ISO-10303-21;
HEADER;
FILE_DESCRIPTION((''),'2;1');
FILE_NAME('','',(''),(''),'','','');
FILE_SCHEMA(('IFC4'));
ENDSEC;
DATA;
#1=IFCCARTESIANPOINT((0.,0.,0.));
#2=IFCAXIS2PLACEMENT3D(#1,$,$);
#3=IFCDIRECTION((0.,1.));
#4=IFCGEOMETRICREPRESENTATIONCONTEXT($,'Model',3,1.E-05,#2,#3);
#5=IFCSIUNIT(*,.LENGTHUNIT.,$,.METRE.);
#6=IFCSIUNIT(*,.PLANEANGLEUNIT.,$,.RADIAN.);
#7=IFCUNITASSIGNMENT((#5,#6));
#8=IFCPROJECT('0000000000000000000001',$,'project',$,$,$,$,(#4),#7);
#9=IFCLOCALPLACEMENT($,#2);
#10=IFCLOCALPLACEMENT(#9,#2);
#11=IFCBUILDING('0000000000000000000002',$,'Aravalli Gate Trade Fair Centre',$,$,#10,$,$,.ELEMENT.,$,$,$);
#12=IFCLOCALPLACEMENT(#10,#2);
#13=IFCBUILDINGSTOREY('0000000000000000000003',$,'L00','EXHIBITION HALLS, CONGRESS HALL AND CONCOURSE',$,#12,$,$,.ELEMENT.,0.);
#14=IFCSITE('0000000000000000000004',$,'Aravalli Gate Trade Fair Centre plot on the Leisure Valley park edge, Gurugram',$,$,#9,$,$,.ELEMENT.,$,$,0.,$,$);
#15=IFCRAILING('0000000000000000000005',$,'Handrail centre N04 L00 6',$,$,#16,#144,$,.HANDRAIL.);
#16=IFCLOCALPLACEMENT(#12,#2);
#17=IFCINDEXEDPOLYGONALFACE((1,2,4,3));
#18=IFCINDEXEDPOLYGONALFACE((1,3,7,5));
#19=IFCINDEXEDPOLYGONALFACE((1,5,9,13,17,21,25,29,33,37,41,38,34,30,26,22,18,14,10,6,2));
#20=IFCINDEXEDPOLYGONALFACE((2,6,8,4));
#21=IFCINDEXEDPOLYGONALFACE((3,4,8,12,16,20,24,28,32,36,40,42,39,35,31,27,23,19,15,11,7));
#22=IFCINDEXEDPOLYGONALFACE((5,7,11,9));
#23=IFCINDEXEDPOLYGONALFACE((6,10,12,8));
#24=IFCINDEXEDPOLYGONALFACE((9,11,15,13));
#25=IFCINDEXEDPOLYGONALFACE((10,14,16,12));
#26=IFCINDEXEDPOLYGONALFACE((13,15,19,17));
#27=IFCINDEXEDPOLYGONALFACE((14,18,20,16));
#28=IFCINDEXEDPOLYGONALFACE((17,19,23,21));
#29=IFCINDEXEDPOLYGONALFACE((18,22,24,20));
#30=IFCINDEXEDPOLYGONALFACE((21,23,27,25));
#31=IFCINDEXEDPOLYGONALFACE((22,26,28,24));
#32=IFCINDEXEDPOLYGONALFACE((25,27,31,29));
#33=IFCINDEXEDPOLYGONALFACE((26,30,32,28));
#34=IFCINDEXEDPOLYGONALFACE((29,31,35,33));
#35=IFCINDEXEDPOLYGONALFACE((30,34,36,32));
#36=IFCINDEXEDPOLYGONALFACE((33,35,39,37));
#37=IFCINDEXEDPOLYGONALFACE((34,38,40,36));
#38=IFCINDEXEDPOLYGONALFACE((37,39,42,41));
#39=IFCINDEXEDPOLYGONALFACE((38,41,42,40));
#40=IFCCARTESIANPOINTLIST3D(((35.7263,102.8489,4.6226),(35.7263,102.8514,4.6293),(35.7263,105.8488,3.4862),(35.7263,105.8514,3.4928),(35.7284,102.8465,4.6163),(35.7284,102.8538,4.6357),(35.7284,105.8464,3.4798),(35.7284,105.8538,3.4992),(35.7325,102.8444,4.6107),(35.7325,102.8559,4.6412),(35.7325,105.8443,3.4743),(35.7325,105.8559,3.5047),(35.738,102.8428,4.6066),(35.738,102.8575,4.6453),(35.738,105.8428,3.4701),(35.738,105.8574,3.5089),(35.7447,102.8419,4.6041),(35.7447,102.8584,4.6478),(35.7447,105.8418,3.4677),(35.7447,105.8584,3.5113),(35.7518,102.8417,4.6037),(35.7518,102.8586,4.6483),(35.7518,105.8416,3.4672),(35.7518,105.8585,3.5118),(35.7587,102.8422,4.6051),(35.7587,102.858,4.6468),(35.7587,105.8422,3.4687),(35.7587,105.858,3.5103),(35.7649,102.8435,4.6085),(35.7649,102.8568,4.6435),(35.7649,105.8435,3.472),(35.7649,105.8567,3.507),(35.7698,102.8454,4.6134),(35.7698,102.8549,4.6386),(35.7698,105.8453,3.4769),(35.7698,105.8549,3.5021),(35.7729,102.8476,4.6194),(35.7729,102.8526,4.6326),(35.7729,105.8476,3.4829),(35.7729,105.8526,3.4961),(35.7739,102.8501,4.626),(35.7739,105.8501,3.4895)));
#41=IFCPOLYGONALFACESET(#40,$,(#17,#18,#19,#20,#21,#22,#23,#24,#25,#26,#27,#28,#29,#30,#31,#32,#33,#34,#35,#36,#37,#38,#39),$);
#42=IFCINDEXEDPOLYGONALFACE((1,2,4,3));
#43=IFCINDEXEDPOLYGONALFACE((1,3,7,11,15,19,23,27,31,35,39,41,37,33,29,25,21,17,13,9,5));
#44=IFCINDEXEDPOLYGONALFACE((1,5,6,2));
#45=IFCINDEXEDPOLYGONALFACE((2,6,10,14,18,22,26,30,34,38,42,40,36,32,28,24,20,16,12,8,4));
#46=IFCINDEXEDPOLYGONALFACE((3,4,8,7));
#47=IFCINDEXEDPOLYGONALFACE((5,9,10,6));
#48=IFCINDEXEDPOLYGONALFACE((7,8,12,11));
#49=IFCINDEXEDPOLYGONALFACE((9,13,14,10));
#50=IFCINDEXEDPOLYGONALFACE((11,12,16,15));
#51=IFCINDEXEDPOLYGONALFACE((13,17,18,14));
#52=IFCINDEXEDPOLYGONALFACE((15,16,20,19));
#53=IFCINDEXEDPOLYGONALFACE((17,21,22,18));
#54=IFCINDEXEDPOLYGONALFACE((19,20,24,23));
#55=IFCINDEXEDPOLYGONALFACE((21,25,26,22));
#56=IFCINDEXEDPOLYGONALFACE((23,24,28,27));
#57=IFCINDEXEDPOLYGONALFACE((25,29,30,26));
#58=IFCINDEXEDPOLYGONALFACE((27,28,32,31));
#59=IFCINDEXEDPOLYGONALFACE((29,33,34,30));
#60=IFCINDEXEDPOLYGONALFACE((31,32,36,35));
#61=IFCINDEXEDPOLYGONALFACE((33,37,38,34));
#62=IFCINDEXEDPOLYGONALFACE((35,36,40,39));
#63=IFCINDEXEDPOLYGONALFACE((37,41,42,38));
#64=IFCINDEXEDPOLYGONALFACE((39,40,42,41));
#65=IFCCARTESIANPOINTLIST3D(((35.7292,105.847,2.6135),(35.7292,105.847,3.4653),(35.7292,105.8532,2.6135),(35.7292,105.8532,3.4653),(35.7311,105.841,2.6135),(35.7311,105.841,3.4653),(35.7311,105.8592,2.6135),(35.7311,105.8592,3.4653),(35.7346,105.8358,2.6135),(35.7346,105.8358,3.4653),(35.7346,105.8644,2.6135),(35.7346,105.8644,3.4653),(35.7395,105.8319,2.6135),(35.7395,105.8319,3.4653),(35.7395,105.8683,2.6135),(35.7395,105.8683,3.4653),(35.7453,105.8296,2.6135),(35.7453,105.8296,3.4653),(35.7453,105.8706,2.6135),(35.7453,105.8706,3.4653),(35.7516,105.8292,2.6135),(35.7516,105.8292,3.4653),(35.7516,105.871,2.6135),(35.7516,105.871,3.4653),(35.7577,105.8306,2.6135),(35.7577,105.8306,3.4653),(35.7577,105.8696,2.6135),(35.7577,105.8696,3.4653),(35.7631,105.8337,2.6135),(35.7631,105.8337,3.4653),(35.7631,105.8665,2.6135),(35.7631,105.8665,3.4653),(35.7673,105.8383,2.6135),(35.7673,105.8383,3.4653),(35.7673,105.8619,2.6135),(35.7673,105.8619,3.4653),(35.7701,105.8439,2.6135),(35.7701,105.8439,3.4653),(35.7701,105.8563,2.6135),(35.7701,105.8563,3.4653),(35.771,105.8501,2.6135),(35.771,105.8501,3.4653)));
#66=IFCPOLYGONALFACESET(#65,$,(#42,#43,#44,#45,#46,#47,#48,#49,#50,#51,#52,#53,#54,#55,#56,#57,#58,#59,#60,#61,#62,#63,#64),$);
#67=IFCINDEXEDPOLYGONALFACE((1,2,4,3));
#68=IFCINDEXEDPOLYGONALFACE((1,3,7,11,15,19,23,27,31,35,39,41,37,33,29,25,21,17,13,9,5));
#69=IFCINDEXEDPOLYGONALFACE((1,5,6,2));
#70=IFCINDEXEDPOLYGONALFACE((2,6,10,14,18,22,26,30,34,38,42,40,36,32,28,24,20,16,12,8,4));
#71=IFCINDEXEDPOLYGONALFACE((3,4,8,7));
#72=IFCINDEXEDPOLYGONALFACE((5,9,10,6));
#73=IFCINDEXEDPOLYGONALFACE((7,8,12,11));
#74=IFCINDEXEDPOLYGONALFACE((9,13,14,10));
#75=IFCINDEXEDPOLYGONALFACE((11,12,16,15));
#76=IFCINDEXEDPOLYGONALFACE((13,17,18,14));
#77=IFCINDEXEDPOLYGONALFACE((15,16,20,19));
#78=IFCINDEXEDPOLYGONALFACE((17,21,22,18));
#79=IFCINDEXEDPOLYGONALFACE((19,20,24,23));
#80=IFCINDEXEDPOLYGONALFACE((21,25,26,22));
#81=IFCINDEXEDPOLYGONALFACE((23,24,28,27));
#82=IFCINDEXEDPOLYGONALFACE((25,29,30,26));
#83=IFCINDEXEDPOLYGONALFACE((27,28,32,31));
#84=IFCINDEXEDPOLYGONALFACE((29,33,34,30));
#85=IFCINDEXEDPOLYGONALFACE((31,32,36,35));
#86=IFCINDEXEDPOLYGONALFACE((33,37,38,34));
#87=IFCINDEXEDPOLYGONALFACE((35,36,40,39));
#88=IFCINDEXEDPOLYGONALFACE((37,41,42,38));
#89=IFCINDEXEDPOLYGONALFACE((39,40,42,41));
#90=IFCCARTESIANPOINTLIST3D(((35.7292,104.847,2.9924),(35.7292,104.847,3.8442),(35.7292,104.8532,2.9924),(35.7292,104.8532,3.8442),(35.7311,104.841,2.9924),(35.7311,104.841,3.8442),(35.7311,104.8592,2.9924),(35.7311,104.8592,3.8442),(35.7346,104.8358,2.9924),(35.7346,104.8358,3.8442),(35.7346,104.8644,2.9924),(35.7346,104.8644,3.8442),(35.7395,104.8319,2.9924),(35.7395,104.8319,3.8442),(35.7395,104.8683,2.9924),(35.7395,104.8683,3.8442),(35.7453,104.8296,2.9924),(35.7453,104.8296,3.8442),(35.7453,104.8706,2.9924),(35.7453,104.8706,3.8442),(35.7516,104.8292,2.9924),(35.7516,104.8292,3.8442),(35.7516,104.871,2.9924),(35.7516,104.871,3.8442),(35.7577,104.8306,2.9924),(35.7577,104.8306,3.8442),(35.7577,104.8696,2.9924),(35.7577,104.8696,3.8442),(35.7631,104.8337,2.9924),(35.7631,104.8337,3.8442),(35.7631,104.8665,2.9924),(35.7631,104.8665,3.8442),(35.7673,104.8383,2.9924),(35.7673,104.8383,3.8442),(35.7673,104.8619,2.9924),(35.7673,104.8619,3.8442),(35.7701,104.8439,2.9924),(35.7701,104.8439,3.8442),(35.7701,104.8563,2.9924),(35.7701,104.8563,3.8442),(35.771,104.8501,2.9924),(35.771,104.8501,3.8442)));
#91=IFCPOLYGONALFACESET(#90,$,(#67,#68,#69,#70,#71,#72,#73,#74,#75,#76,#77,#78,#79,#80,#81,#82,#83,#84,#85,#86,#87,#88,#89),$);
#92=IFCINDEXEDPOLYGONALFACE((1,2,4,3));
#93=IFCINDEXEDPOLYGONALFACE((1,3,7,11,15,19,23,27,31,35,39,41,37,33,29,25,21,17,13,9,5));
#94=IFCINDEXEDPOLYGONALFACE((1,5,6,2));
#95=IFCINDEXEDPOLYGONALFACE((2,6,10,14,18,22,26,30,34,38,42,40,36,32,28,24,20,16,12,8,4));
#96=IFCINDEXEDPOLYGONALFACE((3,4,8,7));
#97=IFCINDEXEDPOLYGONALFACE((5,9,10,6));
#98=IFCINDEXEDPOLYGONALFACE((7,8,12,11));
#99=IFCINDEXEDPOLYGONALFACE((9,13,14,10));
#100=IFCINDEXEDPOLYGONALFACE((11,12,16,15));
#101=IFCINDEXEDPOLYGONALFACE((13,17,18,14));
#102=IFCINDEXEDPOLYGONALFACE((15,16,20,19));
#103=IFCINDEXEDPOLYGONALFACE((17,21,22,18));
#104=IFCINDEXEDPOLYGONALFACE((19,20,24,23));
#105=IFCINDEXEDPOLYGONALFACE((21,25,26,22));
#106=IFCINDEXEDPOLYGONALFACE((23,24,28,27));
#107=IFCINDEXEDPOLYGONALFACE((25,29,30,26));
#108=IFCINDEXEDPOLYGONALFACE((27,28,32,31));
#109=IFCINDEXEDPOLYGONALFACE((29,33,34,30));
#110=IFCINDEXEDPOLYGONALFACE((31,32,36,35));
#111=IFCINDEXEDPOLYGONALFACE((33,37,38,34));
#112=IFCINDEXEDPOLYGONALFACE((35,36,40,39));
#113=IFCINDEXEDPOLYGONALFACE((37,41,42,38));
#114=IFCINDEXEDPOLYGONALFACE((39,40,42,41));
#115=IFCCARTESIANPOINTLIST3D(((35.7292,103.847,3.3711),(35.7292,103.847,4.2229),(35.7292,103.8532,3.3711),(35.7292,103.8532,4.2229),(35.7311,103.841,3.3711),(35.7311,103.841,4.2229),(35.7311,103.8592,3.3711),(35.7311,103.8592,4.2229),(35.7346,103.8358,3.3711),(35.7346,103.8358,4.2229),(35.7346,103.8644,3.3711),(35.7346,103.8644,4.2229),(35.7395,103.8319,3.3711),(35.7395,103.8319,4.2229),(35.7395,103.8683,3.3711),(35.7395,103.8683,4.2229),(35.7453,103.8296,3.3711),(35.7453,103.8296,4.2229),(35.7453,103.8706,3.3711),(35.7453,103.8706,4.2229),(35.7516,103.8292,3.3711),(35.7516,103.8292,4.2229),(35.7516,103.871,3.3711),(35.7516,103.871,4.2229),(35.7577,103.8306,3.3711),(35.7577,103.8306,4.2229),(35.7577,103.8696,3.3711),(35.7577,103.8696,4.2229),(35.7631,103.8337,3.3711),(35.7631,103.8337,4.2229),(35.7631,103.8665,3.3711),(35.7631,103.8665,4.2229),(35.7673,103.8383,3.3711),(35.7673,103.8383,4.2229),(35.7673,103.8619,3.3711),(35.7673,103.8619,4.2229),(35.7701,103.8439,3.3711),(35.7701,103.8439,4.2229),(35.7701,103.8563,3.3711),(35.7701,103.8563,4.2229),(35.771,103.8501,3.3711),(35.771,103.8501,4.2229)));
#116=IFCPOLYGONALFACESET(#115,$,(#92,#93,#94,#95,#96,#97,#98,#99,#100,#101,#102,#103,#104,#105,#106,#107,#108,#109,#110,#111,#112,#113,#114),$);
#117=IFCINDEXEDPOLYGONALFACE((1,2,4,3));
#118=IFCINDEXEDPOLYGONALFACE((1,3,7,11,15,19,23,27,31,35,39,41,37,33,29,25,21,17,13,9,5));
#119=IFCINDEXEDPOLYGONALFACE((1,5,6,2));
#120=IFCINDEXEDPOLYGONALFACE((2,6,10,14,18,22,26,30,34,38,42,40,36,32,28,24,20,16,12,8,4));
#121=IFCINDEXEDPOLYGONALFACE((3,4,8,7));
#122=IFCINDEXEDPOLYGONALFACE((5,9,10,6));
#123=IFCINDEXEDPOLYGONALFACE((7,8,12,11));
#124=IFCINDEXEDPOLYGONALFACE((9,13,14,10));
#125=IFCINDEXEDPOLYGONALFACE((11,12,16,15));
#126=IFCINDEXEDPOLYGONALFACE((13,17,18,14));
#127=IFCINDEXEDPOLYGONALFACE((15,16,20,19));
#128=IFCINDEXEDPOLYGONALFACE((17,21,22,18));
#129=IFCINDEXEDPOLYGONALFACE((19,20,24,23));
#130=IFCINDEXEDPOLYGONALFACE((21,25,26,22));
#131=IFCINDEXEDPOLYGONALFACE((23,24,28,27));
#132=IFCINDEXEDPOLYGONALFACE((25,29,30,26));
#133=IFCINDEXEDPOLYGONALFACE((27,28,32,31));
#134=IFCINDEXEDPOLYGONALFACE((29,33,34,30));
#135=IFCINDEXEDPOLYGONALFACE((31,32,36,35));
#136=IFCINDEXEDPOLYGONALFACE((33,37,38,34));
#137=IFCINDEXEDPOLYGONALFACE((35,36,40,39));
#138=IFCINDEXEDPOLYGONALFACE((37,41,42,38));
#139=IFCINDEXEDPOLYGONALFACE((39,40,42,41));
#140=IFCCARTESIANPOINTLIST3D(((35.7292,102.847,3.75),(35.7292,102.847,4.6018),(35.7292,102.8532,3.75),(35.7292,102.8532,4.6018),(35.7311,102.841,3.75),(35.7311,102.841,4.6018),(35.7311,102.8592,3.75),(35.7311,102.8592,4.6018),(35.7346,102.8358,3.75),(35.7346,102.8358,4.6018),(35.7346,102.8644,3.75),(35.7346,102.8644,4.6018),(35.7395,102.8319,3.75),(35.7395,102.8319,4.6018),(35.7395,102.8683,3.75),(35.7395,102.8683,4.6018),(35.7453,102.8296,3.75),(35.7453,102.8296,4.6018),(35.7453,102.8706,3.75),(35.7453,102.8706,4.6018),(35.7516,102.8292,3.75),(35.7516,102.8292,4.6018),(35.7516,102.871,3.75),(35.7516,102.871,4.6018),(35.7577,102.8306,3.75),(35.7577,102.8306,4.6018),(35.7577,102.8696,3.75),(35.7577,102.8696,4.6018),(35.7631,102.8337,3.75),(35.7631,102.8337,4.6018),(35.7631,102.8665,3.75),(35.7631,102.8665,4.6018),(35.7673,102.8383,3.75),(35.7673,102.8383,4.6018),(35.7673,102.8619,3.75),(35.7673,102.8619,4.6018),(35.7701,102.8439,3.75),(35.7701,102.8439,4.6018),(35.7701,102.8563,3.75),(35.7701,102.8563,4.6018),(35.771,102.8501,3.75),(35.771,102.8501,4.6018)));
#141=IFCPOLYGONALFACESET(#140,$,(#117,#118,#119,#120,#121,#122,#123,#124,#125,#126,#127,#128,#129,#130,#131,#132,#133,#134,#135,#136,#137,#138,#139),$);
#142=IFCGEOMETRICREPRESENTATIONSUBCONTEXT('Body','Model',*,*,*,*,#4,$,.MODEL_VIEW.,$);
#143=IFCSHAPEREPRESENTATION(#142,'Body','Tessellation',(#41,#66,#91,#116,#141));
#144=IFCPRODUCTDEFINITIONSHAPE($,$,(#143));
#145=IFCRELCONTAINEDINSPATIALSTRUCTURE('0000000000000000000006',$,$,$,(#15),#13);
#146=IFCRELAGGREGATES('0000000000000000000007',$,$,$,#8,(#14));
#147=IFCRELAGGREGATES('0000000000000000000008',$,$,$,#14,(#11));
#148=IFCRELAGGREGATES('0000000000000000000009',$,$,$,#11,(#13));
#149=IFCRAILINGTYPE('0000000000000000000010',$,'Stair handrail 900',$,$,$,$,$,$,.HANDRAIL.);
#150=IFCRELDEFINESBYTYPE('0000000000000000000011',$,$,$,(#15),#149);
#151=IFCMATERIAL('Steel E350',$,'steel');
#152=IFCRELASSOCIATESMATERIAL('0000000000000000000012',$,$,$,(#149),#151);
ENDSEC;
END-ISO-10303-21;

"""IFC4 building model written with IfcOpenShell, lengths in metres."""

from ifc_helpers import new_model, si_unit, direction, frame, origin, origin_2d, place, context, subcontext, project, spatial, circle, extrude, material, type_object, element, save


model = new_model("IFC4")

# Units and contexts
model_context = context("Model", 3, precision=1e-05, world=origin(), true_north=direction((0.0, 1.0)))
body_context = subcontext(model_context, "Body", "Model", "MODEL_VIEW")
ifc_project = project(units=[si_unit("LENGTHUNIT", "METRE"), si_unit("PLANEANGLEUNIT", "RADIAN")], contexts=[model_context])

# Site, building, storey
site_placement = place(None, origin())
site = spatial("IfcSite", under=ifc_project, at=site_placement, Name="Aravalli Gate Trade Fair Centre plot on the Leisure Valley park edge, Gurugram", CompositionType="ELEMENT", RefElevation=0.0)
building_placement = place(site_placement, origin())
building = spatial("IfcBuilding", under=site, at=building_placement, Name="Aravalli Gate Trade Fair Centre", CompositionType="ELEMENT")
storey_placement = place(building_placement, origin())
storey = spatial("IfcBuildingStorey", under=building, at=storey_placement, Name="L00", Description="EXHIBITION HALLS, CONGRESS HALL AND CONCOURSE", CompositionType="ELEMENT", Elevation=0.0)

# Shared definitions
ifc_material_1 = material(Name="Steel E350", Category="steel")

# Railing
railing_type = type_object("IfcRailingType", Name="Stair handrail 900", PredefinedType="HANDRAIL", material=ifc_material_1)
for number, where, name in (
    (1, (35.75, 105.8501, 2.6135), "Handrail centre N04 L00 6"),
):
    element("IfcRailing", number, at=place(storey_placement, frame(where)), inside=storey, type_object=railing_type, Name=name, PredefinedType="HANDRAIL", context=body_context, shape_type="SweptSolid", body=[
        extrude(circle(Radius=0.0239, at=origin_2d()), frame((0.0, 0.0, 0.876), z_axis=(0.0, -0.935148, 0.354257), x_axis=(1.0, 0.0, 0.0)), (0.0, 0.0, 1.0), 3.208),
        extrude(circle(Radius=0.021, at=origin_2d()), origin(), (0.0, 0.0, 1.0), 0.8518),
        extrude(circle(Radius=0.021, at=origin_2d()), frame((0.0, -1.0, 0.3789)), (0.0, 0.0, 1.0), 0.8518),
        extrude(circle(Radius=0.021, at=origin_2d()), frame((0.0, -2.0, 0.7576)), (0.0, 0.0, 1.0), 0.8518),
        extrude(circle(Radius=0.021, at=origin_2d()), frame((0.0, -3.0, 1.1365)), (0.0, 0.0, 1.0), 0.8518),
    ])

save(model, "model.ifc")
